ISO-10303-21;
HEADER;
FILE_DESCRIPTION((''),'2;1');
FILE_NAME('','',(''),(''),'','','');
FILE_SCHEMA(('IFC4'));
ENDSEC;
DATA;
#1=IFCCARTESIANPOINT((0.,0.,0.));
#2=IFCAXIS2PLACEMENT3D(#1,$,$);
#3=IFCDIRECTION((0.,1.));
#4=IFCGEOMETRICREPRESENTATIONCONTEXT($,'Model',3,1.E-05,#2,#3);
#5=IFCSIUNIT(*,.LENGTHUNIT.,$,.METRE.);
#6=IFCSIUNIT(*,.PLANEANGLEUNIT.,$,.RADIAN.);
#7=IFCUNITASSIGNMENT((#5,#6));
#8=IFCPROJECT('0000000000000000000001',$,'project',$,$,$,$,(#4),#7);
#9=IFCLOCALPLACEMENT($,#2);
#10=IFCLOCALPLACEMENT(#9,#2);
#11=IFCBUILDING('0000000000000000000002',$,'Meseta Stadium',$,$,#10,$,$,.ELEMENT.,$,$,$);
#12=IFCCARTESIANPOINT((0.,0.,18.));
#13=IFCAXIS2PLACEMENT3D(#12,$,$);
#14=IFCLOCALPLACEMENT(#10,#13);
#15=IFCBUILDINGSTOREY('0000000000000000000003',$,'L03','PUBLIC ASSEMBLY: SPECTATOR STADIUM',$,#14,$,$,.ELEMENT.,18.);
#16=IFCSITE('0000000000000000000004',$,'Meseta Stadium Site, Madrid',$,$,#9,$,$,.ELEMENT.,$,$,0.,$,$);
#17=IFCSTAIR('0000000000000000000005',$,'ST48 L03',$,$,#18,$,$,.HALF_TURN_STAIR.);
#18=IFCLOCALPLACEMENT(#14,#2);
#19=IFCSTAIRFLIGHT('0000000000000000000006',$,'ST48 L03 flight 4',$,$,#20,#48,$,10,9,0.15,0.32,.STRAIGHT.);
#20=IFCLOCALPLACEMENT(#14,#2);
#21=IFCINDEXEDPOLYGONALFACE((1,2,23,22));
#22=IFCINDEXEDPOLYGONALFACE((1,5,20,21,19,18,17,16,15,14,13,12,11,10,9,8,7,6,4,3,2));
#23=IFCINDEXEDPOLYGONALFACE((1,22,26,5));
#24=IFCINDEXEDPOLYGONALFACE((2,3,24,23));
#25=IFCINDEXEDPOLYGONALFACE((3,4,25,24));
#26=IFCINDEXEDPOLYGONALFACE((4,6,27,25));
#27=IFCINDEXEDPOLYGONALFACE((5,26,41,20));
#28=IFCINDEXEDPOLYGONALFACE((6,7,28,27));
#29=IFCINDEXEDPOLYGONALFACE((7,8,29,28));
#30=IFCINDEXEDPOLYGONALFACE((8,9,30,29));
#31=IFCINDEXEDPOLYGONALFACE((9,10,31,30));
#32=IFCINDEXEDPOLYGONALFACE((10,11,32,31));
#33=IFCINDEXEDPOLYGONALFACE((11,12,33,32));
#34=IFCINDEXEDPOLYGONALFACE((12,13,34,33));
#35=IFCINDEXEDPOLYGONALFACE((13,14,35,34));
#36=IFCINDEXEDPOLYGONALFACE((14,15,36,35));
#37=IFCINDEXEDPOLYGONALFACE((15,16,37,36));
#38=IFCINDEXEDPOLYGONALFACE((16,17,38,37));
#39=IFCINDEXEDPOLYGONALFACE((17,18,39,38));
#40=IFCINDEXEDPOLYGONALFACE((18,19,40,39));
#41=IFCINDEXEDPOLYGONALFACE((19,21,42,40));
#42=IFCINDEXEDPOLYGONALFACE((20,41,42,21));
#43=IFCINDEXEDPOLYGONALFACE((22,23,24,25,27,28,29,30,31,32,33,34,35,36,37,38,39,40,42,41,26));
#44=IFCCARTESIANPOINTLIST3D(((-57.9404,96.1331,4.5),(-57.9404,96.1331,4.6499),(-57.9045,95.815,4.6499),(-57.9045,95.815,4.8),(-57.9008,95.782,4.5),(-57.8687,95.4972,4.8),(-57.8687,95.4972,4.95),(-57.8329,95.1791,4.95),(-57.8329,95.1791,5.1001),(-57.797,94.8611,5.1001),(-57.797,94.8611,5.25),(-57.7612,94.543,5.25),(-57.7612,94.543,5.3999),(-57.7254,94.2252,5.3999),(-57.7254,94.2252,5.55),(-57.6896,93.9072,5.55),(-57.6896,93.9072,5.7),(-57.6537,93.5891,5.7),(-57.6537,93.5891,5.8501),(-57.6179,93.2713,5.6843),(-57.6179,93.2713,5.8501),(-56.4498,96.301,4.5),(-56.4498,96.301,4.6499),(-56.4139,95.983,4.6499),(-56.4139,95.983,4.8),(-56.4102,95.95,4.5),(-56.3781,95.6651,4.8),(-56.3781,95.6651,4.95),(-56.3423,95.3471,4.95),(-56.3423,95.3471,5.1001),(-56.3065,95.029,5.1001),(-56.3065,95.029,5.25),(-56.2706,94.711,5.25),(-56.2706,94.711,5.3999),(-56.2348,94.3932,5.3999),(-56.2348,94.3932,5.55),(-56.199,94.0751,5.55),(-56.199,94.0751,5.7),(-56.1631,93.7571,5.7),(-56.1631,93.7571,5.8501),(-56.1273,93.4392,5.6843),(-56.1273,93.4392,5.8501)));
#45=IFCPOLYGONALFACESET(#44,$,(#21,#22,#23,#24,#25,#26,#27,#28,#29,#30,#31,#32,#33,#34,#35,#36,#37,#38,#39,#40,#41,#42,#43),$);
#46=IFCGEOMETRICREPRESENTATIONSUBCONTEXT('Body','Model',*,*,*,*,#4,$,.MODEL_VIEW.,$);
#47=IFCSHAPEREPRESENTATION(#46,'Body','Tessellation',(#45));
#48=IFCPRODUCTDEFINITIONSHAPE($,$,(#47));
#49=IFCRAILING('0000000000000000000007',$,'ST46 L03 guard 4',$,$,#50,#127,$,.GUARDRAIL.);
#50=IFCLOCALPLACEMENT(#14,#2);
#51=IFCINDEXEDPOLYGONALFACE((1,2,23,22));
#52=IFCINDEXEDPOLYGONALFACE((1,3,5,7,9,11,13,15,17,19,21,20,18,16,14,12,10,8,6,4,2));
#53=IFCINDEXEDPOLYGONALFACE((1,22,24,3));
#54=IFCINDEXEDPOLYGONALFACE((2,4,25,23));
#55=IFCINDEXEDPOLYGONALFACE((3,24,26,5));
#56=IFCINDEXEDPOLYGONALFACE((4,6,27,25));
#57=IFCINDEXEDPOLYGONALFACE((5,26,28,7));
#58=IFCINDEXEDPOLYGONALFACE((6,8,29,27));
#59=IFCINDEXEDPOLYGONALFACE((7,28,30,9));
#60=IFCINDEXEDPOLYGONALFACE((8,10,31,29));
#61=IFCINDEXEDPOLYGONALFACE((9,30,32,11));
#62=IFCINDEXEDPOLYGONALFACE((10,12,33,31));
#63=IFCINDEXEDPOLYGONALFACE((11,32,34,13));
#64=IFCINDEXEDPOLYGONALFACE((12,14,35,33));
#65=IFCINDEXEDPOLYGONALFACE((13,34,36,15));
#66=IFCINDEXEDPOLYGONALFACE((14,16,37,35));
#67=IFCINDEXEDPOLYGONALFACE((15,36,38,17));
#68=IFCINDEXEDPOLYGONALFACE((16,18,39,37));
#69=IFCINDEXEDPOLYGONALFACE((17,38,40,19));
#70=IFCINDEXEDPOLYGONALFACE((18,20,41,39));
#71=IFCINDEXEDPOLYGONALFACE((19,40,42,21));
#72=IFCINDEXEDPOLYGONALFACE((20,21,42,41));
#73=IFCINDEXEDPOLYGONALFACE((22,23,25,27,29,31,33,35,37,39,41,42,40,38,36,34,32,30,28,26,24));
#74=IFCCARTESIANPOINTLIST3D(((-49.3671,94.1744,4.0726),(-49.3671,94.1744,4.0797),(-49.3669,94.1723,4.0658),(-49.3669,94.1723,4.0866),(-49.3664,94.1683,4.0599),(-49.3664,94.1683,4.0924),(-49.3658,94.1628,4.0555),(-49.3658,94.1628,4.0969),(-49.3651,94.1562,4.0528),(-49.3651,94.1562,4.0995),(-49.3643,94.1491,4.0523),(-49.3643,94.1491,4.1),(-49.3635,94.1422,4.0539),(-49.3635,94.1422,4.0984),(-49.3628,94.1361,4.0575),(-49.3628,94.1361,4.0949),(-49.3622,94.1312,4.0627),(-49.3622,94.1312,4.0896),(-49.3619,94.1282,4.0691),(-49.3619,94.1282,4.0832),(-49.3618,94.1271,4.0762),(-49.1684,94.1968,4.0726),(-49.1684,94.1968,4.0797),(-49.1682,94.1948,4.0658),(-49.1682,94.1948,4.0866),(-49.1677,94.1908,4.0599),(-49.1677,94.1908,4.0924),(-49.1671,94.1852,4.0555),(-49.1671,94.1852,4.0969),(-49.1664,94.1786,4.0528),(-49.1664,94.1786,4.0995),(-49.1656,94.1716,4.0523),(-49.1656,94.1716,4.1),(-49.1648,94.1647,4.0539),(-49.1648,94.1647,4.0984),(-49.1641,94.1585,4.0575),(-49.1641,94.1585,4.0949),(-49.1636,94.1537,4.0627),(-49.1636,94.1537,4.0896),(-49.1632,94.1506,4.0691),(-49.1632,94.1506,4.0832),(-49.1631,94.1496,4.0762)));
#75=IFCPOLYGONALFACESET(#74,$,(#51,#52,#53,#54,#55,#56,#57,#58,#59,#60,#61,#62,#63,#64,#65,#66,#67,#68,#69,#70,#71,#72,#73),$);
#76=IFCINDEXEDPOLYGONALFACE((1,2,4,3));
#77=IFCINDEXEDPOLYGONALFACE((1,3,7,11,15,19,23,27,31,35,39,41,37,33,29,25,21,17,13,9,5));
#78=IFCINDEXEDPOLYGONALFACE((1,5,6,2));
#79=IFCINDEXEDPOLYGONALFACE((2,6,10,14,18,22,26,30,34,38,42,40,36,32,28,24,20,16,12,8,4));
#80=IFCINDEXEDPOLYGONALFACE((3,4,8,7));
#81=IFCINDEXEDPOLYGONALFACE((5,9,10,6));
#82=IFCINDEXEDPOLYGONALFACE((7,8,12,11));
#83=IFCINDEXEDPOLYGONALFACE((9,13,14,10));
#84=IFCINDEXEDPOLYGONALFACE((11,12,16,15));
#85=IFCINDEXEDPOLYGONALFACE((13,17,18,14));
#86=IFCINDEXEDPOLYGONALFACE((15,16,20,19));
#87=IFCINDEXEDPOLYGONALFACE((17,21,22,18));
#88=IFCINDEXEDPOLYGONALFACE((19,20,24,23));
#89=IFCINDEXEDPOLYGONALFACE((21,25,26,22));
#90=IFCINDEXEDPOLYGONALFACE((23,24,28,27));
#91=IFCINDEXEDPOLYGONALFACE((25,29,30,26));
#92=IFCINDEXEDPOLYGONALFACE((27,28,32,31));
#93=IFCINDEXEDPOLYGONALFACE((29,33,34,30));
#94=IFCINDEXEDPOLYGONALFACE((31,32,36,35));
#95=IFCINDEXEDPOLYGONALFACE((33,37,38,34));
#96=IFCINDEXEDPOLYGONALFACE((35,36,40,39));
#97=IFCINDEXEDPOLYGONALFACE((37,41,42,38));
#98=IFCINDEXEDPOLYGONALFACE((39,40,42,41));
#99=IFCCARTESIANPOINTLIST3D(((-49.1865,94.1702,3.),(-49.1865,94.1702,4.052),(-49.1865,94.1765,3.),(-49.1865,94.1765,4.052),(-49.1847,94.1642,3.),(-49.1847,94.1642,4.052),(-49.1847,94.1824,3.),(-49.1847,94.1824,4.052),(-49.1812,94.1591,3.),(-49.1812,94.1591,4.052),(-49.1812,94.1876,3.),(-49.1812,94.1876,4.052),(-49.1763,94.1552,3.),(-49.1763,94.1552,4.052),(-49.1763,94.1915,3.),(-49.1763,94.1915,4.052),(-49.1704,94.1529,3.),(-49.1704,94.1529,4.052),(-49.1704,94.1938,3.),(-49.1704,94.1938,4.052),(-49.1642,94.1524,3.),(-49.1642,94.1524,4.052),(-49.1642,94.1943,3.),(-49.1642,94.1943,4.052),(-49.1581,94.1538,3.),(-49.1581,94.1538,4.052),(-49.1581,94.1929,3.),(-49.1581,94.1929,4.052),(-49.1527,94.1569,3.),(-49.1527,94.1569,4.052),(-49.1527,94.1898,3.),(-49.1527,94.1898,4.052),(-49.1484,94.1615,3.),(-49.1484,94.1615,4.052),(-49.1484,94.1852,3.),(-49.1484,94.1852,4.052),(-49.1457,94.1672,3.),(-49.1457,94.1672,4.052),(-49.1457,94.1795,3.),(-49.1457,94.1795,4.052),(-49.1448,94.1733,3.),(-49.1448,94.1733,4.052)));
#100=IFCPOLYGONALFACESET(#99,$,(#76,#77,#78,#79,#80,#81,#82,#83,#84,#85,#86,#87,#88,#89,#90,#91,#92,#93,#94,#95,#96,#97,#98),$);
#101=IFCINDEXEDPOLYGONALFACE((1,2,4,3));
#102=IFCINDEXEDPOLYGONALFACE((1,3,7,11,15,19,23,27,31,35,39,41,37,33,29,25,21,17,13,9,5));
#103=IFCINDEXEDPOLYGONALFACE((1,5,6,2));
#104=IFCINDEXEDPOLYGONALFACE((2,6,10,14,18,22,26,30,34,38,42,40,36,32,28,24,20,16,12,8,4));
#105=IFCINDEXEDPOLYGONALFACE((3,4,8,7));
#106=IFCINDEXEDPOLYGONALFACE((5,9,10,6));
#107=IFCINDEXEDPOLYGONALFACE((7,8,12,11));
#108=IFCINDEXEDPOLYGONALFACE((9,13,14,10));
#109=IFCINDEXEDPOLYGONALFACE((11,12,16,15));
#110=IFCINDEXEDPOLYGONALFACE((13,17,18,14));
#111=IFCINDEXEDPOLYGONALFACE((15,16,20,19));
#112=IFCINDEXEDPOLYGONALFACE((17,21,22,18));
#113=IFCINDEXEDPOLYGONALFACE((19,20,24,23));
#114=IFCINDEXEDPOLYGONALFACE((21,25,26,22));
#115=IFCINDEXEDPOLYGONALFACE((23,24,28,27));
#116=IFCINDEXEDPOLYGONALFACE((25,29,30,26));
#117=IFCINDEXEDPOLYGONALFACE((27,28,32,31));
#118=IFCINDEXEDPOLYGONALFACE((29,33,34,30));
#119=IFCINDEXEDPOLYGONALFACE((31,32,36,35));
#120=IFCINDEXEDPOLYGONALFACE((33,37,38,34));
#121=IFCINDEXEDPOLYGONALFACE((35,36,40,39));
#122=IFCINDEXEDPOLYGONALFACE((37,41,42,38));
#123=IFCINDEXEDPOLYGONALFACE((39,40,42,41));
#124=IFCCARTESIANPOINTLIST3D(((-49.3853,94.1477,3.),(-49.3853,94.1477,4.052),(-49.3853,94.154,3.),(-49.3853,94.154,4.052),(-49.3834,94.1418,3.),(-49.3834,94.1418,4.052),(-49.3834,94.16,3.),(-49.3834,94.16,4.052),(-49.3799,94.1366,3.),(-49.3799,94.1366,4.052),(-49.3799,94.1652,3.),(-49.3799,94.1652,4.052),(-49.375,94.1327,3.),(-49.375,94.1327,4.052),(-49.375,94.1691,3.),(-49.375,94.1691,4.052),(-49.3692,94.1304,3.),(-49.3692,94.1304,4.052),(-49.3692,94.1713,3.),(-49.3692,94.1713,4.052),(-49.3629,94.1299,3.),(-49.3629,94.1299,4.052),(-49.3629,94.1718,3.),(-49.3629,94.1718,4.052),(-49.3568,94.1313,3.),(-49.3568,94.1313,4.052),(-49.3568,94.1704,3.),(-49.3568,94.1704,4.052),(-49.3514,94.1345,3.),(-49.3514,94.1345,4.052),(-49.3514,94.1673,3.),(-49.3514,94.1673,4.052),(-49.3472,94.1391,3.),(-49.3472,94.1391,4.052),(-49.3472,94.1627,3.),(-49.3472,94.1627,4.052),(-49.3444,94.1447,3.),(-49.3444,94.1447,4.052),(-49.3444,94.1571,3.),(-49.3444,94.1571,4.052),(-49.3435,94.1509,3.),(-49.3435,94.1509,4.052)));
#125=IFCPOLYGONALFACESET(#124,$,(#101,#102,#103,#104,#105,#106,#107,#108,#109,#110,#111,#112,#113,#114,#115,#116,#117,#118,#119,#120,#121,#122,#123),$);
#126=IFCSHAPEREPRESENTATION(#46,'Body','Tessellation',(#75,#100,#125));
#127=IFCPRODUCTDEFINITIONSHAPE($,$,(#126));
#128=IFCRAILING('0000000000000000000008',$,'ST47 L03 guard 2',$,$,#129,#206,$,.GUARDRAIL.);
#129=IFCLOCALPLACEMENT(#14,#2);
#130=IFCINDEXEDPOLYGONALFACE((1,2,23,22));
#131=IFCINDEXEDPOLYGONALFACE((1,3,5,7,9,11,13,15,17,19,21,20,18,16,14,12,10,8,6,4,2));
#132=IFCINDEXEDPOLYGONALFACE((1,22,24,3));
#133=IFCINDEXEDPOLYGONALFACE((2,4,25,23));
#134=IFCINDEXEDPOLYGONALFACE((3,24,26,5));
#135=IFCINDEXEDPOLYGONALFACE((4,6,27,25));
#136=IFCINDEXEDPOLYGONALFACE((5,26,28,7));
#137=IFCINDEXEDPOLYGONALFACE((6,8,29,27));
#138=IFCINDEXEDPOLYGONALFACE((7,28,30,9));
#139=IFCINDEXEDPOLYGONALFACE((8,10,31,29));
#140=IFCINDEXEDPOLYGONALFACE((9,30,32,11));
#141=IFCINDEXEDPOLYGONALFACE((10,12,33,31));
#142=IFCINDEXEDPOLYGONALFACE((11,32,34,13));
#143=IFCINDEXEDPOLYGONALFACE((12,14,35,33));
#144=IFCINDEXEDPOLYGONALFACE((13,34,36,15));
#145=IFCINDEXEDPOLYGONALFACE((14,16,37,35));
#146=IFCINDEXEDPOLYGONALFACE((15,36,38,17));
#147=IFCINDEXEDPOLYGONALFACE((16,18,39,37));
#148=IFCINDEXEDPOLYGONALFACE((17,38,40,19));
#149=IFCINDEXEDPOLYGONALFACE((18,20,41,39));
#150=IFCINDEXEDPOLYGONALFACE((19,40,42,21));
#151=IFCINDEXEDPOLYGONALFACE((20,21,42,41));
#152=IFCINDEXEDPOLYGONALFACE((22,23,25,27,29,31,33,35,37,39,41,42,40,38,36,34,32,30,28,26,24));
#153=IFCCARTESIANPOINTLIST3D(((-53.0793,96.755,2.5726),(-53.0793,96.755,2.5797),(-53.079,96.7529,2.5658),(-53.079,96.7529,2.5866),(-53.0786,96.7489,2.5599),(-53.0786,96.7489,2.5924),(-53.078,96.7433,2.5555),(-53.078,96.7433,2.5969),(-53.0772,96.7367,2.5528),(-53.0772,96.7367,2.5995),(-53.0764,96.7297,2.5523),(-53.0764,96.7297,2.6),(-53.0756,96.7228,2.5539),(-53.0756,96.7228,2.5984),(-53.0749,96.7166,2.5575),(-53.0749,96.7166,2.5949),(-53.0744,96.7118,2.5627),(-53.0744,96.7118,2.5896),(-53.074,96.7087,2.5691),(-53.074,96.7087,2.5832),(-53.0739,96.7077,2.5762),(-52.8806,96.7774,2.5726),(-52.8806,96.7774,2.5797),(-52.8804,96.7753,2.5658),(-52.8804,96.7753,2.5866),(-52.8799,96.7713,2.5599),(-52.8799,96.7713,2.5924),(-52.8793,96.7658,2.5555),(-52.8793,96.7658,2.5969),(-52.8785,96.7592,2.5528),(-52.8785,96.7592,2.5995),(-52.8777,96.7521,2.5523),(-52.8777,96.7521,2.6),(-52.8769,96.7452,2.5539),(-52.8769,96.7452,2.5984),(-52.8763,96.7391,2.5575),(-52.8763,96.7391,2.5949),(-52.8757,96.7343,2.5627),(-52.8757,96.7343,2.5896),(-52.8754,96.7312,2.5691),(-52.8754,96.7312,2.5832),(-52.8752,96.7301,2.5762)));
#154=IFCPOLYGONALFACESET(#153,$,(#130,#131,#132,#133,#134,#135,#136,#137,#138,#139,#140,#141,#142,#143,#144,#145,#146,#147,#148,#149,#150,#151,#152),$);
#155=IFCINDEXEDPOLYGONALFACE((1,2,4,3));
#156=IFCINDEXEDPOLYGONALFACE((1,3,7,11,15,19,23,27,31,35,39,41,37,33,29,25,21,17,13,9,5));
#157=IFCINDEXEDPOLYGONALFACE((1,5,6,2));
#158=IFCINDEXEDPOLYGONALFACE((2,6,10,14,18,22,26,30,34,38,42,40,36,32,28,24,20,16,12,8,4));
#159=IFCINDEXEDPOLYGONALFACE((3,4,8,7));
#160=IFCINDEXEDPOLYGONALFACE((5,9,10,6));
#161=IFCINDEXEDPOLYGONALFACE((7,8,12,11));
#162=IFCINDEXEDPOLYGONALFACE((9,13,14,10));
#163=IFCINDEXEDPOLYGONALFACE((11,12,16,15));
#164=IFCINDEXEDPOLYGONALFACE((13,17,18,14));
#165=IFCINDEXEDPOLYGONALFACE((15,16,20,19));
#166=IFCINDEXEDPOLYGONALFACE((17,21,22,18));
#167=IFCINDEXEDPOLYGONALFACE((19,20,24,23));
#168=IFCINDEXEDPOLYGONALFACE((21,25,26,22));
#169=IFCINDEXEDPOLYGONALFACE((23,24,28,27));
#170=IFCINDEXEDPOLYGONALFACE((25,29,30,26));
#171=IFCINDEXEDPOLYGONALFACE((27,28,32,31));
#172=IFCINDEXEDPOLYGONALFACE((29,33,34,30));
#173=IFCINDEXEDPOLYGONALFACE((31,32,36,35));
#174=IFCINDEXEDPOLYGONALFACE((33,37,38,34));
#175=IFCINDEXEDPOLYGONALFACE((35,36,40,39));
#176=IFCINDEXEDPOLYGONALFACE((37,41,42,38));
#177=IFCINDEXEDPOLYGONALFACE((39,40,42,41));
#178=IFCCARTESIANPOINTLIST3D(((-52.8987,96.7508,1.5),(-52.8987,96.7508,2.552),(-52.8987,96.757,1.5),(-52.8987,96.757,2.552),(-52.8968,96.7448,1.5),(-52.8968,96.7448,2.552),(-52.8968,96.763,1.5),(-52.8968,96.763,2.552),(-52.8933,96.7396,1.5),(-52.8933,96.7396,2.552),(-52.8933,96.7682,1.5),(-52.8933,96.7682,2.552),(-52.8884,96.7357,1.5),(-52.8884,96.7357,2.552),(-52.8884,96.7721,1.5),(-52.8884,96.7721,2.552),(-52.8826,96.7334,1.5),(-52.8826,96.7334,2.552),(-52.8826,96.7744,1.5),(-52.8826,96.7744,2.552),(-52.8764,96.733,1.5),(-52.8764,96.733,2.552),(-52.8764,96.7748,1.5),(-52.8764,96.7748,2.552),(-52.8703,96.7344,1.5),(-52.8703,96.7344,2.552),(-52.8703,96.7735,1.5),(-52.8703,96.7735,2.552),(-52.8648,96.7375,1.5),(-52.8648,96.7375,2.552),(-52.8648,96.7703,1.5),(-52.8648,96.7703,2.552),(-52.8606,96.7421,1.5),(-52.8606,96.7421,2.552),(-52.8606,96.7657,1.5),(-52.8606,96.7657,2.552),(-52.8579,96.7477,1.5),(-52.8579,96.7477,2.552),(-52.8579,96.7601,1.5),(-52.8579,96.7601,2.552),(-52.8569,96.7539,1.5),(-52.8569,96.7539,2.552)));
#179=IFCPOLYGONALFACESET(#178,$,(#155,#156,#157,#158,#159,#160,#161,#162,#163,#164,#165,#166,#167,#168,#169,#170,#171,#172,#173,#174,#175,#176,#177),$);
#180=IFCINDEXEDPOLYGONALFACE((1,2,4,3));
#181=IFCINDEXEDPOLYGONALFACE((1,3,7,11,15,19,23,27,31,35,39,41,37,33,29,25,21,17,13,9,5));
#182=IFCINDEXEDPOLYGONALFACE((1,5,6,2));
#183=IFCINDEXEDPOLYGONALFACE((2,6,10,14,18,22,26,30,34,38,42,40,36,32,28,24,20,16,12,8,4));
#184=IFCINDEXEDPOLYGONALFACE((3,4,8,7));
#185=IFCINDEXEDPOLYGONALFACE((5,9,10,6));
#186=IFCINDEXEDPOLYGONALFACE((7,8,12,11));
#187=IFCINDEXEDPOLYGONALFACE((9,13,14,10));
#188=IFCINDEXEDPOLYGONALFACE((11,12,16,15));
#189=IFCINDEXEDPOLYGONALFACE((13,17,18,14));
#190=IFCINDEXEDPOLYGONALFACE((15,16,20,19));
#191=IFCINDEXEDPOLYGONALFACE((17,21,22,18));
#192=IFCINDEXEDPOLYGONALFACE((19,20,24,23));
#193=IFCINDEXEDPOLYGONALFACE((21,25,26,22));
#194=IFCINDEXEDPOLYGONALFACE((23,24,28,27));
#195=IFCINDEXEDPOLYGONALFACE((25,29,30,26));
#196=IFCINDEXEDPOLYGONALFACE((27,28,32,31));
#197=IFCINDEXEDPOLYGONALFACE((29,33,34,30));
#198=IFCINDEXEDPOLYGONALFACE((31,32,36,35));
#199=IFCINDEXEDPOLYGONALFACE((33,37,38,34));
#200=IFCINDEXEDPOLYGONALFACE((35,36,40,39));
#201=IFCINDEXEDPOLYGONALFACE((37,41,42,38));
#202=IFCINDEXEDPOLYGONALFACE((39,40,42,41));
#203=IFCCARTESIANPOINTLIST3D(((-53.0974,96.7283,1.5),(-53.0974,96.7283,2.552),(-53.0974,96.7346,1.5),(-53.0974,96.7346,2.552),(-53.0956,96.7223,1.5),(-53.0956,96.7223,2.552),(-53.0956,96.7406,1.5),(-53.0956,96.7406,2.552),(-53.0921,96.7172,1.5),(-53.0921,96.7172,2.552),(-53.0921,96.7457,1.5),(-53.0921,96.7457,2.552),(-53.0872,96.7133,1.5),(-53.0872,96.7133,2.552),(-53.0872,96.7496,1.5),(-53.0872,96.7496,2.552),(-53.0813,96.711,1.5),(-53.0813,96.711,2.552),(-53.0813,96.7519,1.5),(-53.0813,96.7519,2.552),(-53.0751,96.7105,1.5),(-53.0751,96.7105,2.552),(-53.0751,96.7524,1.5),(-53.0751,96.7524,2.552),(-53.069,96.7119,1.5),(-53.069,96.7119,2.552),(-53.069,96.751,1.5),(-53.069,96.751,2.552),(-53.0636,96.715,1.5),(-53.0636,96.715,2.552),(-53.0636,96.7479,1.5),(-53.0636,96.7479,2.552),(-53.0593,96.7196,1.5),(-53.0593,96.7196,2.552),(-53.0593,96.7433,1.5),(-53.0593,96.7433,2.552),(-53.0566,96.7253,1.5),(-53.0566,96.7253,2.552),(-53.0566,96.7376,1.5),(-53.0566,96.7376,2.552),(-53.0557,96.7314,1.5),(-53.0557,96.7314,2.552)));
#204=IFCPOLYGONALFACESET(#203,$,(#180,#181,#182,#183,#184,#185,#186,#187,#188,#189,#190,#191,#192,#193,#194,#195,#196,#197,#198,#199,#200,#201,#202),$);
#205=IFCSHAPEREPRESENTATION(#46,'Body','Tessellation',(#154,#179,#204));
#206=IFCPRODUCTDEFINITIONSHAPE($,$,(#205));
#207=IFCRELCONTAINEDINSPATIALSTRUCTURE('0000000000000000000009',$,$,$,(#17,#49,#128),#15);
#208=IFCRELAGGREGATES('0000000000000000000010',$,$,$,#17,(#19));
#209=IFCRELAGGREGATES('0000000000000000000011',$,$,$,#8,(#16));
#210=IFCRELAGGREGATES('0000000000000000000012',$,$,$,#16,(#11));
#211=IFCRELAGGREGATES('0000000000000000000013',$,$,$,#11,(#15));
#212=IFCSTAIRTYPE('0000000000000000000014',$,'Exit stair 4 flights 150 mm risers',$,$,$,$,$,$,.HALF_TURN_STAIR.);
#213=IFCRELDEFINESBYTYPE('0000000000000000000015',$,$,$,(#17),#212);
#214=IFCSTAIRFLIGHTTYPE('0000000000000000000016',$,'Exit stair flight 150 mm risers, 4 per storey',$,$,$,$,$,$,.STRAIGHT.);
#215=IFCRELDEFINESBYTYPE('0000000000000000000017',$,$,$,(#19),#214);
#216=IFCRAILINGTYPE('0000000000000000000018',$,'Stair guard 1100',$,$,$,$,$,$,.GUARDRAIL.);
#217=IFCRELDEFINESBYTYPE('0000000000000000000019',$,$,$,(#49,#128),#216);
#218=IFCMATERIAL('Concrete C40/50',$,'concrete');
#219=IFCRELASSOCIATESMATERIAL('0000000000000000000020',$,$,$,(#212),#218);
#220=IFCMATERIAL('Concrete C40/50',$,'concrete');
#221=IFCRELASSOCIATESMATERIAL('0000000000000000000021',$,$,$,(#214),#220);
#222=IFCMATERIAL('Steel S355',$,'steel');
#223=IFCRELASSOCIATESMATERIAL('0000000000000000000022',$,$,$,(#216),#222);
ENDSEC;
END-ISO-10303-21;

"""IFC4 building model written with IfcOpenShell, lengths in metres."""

from ifc_helpers import new_model, si_unit, direction, frame, origin, origin_2d, place, context, subcontext, project, spatial, polyline, circle, outline, extrude, material, type_object, element, aggregate, save


model = new_model("IFC4")

# Units and contexts
model_context = context("Model", 3, precision=1e-05, world=origin(), true_north=direction((0.0, 1.0)))
body_context = subcontext(model_context, "Body", "Model", "MODEL_VIEW")
ifc_project = project(units=[si_unit("LENGTHUNIT", "METRE"), si_unit("PLANEANGLEUNIT", "RADIAN")], contexts=[model_context])

# Site, building, storey
site_placement = place(None, origin())
site = spatial("IfcSite", under=ifc_project, at=site_placement, Name="Meseta Stadium Site, Madrid", CompositionType="ELEMENT", RefElevation=0.0)
building_placement = place(site_placement, origin())
building = spatial("IfcBuilding", under=site, at=building_placement, Name="Meseta Stadium", CompositionType="ELEMENT")
storey_placement = place(building_placement, frame((0.0, 0.0, 18.0)))
storey = spatial("IfcBuildingStorey", under=building, at=storey_placement, Name="L03", Description="PUBLIC ASSEMBLY: SPECTATOR STADIUM", CompositionType="ELEMENT", Elevation=18.0)

# Stair, stair flight
ifc_material_1 = material(Name="Concrete C40/50", Category="concrete")
stair_type = type_object("IfcStairType", Name="Exit stair 4 flights 150 mm risers", PredefinedType="HALF_TURN_STAIR", material=ifc_material_1)
ifc_material_2 = material(Name="Concrete C40/50", Category="concrete")
stair_flight_type = type_object("IfcStairFlightType", Name="Exit stair flight 150 mm risers, 4 per storey", PredefinedType="STRAIGHT", material=ifc_material_2)
stair_1_placement = place(storey_placement, origin())
stair_1 = element("IfcStair", 1, at=stair_1_placement, inside=storey, type_object=stair_type, Name="ST48 L03", PredefinedType="HALF_TURN_STAIR")
stair_flight_1_placement = place(storey_placement, frame((-57.1951, 96.217, 4.5), z_axis=(0.0, 0.0, 1.0), x_axis=(0.111964, -0.993712, 0.0)))
stair_flight_1 = element("IfcStairFlight", 2, at=stair_flight_1_placement, type_object=stair_flight_type, Name="ST48 L03 flight 4", NumberOfRisers=10, NumberOfTreads=9, PredefinedType="STRAIGHT", RiserHeight=0.15, TreadLength=0.32, context=body_context, shape_type="SweptSolid", body=[
    extrude(outline(polyline([(0.0, 0.0), (0.0, 0.1499), (0.3201, 0.1499), (0.3201, 0.3), (0.6399, 0.3), (0.6399, 0.45), (0.96, 0.45), (0.96, 0.6001), (1.28, 0.6001), (1.28, 0.75), (1.6001, 0.75), (1.6001, 0.8999), (1.9199, 0.8999), (1.9199, 1.05), (2.24, 1.05), (2.24, 1.2), (2.5601, 1.2), (2.5601, 1.3501), (2.8799, 1.3501), (2.8799, 1.1843), (0.3533, 0.0), (0.0, 0.0)])), frame((0.0, 0.75, 0.0), z_axis=(0.0, -1.0, 0.0), x_axis=(1.0, 0.0, 0.0)), (0.0, 0.0, 1.0), 1.5),
])
aggregate(stair_1, [stair_flight_1])

# Railings
ifc_material_3 = material(Name="Steel S355", Category="steel")
railing_type_1 = type_object("IfcRailingType", Name="Stair guard 1100", PredefinedType="GUARDRAIL", material=ifc_material_3)
for number, where, name in (
    (3, (-49.1658, 94.1733, 3.0), "ST46 L03 guard 4"),
    (4, (-52.8779, 96.7539, 1.5), "ST47 L03 guard 2"),
):
    element("IfcRailing", number, at=place(storey_placement, frame(where)), inside=storey, type_object=railing_type_1, Name=name, PredefinedType="GUARDRAIL", context=body_context, shape_type="SweptSolid", body=[
        extrude(circle(Radius=0.0239, at=origin_2d()), frame((0.0, 0.0, 1.0762), z_axis=(-0.993674, -0.112307, 0.0), x_axis=(0.112307, -0.993674, 0.0)), (0.0, 0.0, 1.0), 0.2),
        extrude(circle(Radius=0.021, at=origin_2d()), origin(), (0.0, 0.0, 1.0), 1.052),
        extrude(circle(Radius=0.021, at=origin_2d()), frame((-0.1987, -0.0225, 0.0)), (0.0, 0.0, 1.0), 1.052),
    ])

save(model, "model.ifc")
